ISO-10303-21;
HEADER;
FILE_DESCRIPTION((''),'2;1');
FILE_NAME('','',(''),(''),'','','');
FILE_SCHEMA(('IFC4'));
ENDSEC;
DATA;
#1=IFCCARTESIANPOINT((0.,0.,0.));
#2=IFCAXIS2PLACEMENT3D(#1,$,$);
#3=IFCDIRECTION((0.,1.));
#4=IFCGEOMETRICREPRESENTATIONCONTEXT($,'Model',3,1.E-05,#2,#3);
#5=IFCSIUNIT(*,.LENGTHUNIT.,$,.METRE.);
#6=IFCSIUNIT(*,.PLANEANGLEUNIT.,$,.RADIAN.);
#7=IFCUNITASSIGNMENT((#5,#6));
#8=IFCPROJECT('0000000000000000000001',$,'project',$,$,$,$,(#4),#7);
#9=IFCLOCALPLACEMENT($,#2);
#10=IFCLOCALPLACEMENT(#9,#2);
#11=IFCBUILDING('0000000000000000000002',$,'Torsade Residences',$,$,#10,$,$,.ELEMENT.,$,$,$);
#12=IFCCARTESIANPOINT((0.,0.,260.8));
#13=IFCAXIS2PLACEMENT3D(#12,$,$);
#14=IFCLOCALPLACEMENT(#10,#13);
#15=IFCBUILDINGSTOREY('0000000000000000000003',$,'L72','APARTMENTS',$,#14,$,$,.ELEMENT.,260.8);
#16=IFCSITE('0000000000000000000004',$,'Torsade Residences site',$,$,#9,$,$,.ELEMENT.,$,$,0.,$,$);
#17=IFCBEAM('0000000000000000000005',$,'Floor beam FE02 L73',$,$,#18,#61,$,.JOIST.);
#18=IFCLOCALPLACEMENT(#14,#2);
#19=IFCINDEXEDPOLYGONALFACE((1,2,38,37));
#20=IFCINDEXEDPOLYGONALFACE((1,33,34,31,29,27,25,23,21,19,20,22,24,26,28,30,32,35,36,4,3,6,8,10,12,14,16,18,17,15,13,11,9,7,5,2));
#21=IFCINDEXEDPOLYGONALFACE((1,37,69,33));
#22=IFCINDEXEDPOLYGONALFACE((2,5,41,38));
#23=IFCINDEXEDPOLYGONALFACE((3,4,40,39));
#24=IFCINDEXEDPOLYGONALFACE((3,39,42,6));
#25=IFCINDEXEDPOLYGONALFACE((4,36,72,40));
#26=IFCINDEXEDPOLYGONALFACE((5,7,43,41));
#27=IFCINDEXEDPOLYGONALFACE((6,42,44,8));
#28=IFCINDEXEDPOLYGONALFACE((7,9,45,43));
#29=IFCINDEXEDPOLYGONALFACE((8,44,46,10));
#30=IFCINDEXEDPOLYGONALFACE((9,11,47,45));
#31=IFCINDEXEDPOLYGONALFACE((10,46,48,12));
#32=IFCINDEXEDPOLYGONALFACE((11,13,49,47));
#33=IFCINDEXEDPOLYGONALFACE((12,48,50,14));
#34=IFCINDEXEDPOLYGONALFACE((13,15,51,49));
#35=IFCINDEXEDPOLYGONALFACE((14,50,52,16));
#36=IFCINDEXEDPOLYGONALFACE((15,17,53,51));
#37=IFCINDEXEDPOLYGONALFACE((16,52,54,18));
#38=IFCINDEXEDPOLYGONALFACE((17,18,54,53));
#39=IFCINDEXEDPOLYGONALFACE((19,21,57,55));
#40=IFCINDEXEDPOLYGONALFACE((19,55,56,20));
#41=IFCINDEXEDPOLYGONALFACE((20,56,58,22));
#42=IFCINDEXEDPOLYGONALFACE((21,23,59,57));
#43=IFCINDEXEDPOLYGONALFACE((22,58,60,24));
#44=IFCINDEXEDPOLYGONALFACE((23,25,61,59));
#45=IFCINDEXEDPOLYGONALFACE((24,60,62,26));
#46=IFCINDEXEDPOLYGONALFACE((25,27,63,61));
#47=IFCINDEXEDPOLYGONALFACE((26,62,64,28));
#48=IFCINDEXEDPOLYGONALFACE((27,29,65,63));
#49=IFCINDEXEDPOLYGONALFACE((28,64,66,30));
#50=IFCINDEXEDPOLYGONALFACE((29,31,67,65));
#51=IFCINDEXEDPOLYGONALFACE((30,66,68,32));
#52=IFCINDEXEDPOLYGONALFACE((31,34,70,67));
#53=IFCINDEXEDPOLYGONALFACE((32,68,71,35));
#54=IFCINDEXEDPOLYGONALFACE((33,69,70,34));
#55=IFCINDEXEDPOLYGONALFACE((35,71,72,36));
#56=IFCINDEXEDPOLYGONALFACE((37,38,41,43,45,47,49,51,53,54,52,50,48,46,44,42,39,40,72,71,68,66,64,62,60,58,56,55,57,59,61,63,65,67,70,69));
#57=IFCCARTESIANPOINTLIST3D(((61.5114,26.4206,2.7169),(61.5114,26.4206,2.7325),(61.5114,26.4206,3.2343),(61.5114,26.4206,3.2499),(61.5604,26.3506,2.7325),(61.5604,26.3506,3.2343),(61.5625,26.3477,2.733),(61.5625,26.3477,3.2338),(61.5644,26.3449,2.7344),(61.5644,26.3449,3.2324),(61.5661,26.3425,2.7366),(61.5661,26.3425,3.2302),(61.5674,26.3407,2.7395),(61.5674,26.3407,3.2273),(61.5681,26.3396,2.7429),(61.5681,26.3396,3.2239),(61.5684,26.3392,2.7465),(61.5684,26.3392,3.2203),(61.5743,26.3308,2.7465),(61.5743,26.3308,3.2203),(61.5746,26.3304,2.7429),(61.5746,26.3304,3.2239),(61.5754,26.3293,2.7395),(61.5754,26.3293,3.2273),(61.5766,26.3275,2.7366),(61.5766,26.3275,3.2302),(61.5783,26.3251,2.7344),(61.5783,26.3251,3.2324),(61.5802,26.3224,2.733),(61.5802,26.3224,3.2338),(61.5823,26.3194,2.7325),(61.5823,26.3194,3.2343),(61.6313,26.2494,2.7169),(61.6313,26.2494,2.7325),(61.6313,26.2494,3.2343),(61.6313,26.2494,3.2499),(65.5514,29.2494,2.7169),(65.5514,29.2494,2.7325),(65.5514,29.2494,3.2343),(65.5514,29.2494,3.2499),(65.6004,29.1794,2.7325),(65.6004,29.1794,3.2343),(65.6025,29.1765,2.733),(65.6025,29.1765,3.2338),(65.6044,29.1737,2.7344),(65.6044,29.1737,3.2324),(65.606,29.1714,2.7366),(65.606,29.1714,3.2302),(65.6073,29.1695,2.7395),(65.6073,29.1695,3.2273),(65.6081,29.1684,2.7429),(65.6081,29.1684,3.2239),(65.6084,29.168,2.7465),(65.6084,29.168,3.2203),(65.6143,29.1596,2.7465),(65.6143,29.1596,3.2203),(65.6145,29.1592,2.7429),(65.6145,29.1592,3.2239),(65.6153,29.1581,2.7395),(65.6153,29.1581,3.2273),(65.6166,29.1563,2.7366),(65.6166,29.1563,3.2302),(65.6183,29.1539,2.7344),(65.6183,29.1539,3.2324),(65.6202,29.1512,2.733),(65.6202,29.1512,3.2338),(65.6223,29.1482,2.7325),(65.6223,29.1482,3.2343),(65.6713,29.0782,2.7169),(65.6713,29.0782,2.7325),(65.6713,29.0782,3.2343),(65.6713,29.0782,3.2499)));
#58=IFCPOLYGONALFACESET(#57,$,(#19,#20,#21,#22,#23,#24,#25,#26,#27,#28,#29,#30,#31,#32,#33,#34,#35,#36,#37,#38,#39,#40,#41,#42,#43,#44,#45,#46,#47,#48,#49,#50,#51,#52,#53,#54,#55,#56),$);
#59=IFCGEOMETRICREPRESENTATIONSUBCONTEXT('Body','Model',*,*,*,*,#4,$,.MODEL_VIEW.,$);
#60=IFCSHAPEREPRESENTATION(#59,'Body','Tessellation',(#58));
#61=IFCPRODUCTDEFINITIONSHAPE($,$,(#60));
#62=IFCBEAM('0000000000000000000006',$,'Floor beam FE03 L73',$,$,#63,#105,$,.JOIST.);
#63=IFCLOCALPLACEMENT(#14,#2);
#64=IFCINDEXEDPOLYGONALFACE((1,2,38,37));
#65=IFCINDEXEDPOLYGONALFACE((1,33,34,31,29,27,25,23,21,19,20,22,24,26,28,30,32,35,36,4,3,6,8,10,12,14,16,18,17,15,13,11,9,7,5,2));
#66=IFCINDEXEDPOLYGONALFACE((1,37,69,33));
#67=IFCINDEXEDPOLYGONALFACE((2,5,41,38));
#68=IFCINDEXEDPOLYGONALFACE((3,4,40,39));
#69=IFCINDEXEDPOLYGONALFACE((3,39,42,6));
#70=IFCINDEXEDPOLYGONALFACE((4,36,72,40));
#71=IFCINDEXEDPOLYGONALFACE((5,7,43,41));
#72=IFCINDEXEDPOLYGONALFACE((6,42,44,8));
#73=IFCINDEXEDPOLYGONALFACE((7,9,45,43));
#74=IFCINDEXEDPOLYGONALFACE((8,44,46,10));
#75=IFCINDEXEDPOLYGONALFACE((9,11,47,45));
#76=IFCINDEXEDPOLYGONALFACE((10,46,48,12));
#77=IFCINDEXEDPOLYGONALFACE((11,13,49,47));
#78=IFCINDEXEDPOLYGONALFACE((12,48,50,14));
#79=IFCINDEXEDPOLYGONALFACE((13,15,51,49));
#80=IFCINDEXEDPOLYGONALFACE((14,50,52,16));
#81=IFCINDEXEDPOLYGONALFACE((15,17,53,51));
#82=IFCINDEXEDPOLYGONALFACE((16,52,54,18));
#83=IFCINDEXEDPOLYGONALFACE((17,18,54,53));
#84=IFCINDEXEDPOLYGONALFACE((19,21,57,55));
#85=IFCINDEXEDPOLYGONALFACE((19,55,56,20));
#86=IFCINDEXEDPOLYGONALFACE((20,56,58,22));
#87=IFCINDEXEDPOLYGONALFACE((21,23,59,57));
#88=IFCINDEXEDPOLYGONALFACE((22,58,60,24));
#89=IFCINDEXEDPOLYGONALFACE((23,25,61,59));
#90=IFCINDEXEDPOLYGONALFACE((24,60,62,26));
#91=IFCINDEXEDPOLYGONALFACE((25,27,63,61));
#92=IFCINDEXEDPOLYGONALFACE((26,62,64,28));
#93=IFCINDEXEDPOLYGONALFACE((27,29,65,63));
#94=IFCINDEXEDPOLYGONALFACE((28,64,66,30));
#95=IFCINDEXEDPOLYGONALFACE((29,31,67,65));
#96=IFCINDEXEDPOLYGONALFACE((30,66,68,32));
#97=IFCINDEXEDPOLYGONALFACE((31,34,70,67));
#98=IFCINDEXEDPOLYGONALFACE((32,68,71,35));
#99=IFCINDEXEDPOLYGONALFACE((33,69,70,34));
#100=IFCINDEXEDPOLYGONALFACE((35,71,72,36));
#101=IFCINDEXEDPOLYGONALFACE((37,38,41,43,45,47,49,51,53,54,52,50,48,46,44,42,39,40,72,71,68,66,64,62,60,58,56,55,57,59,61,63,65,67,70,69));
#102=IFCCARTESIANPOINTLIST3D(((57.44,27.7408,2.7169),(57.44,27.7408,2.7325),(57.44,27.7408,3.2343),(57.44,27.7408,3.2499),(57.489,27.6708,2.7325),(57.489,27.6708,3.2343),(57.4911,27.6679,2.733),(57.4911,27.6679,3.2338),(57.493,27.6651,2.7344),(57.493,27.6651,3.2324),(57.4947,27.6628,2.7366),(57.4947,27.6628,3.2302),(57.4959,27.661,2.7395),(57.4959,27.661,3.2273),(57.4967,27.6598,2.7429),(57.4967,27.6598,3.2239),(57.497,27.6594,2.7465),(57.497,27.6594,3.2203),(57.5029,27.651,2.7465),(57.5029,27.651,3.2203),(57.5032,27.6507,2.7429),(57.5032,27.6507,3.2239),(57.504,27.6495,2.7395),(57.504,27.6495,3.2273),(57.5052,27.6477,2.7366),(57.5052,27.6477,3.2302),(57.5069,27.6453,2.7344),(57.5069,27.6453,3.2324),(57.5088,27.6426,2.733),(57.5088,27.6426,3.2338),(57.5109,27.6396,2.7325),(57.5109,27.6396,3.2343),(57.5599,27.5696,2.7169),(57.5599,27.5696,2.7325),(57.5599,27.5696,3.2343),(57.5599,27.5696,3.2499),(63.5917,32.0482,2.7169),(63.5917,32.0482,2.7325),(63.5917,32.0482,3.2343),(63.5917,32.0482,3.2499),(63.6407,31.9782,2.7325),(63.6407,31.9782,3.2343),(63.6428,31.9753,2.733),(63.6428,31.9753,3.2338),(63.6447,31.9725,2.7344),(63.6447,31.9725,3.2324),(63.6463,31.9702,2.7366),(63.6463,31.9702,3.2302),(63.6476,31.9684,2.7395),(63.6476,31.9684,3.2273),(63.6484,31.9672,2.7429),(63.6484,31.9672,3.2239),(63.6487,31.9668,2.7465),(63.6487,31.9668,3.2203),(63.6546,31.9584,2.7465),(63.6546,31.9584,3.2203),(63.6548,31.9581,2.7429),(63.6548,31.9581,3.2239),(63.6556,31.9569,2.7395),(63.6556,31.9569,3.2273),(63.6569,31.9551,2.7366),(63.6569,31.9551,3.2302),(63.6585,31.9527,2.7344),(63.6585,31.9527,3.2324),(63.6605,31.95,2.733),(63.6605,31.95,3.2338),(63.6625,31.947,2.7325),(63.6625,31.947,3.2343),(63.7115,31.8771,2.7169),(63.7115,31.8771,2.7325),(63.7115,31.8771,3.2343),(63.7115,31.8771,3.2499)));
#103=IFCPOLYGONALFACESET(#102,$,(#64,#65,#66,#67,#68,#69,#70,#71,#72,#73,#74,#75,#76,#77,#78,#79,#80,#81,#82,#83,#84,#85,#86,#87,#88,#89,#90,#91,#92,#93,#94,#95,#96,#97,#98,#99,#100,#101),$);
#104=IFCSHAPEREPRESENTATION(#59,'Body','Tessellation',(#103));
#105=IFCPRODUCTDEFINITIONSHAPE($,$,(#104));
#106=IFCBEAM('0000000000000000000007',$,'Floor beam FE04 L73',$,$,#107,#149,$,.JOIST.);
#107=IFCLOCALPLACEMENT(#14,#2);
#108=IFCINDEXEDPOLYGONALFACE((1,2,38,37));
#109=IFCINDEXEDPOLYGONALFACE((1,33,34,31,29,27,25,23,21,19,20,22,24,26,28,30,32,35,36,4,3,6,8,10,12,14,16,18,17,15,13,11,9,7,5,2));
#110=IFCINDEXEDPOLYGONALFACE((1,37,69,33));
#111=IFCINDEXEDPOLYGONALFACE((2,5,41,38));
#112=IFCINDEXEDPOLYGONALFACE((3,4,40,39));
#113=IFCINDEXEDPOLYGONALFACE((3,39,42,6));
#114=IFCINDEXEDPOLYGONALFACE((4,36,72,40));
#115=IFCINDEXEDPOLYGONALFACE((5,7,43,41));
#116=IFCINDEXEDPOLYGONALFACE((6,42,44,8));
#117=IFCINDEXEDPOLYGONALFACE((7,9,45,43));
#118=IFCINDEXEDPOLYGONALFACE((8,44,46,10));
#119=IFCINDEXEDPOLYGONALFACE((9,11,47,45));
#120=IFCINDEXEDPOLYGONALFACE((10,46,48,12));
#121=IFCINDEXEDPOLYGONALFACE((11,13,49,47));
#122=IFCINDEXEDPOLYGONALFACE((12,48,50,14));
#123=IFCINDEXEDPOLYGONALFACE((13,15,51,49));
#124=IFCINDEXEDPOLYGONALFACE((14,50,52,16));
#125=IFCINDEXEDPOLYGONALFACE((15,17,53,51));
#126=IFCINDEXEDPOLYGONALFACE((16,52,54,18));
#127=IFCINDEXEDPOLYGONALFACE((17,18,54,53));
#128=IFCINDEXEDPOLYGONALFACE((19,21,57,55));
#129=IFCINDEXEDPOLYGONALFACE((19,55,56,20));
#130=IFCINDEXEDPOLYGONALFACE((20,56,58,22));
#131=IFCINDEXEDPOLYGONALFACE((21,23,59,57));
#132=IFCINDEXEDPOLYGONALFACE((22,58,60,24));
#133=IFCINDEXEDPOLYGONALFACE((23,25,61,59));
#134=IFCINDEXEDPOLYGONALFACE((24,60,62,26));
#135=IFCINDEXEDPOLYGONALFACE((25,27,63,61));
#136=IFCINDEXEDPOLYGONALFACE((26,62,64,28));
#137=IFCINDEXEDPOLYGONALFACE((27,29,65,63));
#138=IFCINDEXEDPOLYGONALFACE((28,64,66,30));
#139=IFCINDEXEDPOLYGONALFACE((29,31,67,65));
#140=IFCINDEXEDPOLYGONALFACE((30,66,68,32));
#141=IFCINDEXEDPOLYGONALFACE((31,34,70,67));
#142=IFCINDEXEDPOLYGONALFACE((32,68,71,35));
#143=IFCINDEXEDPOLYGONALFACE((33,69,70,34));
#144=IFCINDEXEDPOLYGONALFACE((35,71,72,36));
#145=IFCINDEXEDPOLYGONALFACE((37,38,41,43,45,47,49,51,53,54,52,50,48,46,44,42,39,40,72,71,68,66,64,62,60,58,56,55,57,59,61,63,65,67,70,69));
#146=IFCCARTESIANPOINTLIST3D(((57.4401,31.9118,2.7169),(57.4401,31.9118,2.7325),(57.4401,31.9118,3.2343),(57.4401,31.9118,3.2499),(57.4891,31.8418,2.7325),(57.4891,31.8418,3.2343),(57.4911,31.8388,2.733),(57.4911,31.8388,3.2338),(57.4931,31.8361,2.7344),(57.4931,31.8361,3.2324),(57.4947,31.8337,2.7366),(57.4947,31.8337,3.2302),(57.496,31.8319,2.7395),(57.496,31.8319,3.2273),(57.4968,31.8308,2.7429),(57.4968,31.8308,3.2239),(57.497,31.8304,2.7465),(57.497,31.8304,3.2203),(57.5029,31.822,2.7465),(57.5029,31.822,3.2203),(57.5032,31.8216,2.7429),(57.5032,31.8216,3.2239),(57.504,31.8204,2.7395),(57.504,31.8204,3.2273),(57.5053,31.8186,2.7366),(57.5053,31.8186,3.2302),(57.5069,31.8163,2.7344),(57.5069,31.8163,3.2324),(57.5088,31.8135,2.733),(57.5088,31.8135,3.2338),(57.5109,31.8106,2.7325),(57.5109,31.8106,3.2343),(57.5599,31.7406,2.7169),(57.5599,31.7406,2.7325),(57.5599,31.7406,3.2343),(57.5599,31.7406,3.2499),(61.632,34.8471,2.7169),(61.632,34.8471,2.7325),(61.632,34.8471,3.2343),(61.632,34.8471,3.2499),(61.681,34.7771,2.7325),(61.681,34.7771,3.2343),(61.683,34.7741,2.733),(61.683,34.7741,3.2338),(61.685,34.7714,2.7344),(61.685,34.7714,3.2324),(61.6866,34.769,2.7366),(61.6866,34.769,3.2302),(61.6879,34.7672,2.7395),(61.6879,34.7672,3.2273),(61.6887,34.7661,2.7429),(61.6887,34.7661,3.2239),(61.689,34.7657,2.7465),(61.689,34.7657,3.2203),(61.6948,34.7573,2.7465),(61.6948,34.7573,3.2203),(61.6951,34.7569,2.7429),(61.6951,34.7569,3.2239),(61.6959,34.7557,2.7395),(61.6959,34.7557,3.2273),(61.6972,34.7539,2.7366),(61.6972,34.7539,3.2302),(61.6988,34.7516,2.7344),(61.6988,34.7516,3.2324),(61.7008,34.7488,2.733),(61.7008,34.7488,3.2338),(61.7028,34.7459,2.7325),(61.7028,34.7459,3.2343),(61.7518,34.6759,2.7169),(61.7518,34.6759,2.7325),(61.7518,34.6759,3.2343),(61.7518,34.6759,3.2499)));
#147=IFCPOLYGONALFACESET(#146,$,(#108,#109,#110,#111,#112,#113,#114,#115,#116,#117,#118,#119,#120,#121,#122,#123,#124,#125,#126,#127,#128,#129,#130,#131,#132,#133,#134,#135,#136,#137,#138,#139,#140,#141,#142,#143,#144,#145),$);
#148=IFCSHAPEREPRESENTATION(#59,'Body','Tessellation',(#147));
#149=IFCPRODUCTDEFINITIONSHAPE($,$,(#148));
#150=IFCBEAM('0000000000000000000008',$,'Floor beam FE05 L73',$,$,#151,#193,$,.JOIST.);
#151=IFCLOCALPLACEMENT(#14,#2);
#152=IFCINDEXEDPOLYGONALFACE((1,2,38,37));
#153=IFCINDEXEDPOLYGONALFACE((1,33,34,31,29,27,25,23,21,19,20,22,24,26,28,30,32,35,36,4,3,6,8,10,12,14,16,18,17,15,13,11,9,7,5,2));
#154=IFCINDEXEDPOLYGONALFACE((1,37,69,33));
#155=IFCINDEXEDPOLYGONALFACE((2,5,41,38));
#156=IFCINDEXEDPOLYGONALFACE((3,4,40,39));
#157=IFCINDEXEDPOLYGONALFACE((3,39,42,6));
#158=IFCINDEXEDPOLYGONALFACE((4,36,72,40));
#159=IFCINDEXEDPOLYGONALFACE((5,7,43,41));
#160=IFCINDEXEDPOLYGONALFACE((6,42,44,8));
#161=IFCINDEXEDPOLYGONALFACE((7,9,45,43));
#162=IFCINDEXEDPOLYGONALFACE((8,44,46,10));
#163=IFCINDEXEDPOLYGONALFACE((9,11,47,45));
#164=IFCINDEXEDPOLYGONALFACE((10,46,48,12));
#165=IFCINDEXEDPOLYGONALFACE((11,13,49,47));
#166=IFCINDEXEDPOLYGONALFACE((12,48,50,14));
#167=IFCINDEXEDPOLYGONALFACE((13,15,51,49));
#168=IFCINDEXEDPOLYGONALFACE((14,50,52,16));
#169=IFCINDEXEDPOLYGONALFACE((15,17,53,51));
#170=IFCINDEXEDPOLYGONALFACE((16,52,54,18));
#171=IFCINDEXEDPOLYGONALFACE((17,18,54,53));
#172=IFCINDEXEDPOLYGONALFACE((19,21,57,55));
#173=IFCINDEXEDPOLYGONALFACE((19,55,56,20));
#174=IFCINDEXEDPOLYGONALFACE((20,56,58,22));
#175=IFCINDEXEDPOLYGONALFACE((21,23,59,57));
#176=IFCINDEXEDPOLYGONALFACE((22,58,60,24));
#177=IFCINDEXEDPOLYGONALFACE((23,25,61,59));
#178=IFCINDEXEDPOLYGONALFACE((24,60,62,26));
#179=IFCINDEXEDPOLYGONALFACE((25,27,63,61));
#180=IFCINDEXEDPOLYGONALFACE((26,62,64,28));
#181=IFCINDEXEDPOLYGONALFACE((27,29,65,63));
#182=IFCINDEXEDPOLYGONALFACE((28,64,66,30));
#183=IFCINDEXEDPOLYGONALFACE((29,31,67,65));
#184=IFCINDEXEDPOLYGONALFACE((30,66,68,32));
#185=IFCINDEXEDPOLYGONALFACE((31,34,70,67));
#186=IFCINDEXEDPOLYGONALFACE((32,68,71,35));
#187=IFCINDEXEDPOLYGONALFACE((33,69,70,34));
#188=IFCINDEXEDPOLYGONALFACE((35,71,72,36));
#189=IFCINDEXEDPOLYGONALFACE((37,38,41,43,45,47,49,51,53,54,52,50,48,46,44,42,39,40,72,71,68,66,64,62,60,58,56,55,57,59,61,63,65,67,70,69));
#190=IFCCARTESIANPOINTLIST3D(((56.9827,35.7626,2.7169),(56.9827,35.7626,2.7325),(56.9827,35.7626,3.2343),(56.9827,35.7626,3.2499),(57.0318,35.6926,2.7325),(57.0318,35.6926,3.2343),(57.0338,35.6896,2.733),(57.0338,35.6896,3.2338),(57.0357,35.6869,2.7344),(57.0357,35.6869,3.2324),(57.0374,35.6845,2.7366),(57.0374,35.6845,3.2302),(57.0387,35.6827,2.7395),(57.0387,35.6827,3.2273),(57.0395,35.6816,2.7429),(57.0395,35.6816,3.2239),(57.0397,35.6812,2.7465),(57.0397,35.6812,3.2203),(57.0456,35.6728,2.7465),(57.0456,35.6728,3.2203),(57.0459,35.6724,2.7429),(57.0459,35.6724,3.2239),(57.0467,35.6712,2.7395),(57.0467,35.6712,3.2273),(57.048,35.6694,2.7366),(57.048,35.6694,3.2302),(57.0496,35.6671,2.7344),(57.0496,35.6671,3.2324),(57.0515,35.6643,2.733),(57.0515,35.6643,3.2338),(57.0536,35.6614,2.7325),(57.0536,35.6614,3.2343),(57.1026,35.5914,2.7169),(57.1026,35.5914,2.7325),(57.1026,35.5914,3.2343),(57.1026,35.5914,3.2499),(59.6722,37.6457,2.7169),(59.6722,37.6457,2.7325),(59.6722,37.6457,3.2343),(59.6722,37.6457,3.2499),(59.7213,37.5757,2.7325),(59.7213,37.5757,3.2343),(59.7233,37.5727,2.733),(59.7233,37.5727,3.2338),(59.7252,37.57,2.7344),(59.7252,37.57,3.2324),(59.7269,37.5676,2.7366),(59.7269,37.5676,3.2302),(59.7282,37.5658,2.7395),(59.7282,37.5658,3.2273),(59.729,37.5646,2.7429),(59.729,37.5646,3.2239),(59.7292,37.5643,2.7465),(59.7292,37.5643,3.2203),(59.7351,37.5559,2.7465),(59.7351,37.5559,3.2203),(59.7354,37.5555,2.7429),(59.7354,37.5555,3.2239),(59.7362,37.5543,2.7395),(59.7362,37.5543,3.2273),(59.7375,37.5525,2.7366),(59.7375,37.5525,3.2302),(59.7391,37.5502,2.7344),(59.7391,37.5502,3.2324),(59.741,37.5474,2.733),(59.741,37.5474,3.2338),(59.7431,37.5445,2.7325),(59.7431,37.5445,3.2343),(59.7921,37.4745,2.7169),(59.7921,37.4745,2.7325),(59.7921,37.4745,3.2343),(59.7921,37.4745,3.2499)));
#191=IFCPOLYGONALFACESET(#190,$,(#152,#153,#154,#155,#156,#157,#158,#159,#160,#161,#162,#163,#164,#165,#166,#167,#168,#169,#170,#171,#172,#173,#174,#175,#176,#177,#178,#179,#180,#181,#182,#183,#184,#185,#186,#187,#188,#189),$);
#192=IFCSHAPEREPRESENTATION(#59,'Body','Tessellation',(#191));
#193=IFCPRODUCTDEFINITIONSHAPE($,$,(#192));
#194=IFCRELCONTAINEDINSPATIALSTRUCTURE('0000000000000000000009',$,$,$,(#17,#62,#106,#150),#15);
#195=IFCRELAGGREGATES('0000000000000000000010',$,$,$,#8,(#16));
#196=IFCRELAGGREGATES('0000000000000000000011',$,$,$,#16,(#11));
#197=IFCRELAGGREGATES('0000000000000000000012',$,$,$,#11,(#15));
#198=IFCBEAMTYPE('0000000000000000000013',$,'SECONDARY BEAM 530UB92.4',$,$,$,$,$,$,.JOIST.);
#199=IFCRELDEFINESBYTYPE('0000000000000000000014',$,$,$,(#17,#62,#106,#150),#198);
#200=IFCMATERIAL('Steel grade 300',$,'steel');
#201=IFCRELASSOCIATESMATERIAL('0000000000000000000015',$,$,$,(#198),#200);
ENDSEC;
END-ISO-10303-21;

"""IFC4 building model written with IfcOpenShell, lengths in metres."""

from ifc_helpers import new_model, si_unit, direction, frame, origin, origin_2d, place, context, subcontext, project, spatial, i_section, extrude, material, material_profile, profile_set, type_object, element, save


model = new_model("IFC4")

# Units and contexts
model_context = context("Model", 3, precision=1e-05, world=origin(), true_north=direction((0.0, 1.0)))
body_context = subcontext(model_context, "Body", "Model", "MODEL_VIEW")
ifc_project = project(units=[si_unit("LENGTHUNIT", "METRE"), si_unit("PLANEANGLEUNIT", "RADIAN")], contexts=[model_context])

# Site, building, storey
site_placement = place(None, origin())
site = spatial("IfcSite", under=ifc_project, at=site_placement, Name="Torsade Residences site", CompositionType="ELEMENT", RefElevation=0.0)
building_placement = place(site_placement, origin())
building = spatial("IfcBuilding", under=site, at=building_placement, Name="Torsade Residences", CompositionType="ELEMENT")
storey_placement = place(building_placement, frame((0.0, 0.0, 260.8)))
storey = spatial("IfcBuildingStorey", under=building, at=storey_placement, Name="L72", Description="APARTMENTS", CompositionType="ELEMENT", Elevation=260.8)

# Beams
ifc_material_1 = material(Name="Steel grade 300", Category="steel")
ifc_material_profile_1 = material_profile(ifc_material_1, i_section(OverallWidth=0.209, OverallDepth=0.533, WebThickness=0.0103, FlangeThickness=0.0156, FilletRadius=0.0139, at=origin_2d()), Name="530UB92.4")
ifc_profile_set_1 = profile_set([ifc_material_profile_1], Name="Steel grade 300")
beam_type_1 = type_object("IfcBeamType", Name="SECONDARY BEAM 530UB92.4", PredefinedType="JOIST", material=ifc_profile_set_1)
beam_1_placement = place(storey_placement, frame((65.6113, 29.1638, 2.9834), z_axis=(-0.819153, -0.573575, 0.0), x_axis=(0.573575, -0.819153, 0.0)))
element("IfcBeam", 1, at=beam_1_placement, inside=storey, type_object=beam_type_1, Name="Floor beam FE02 L73", PredefinedType="JOIST", context=body_context, shape_type="SweptSolid", body=[
    extrude(i_section(OverallWidth=0.209, OverallDepth=0.533, WebThickness=0.0103, FlangeThickness=0.0156, FilletRadius=0.0139, at=origin_2d()), origin(), (0.0, 0.0, 1.0), 4.9319),
])
beam_2_placement = place(storey_placement, frame((63.6516, 31.9626, 2.9834), z_axis=(-0.819154, -0.573574, 0.0), x_axis=(0.573574, -0.819154, 0.0)))
element("IfcBeam", 2, at=beam_2_placement, inside=storey, type_object=beam_type_1, Name="Floor beam FE03 L73", PredefinedType="JOIST", context=body_context, shape_type="SweptSolid", body=[
    extrude(i_section(OverallWidth=0.209, OverallDepth=0.533, WebThickness=0.0103, FlangeThickness=0.0156, FilletRadius=0.0139, at=origin_2d()), origin(), (0.0, 0.0, 1.0), 7.5098),
])
beam_3_placement = place(storey_placement, frame((61.6919, 34.7615, 2.9834), z_axis=(-0.819142, -0.57359, 0.0), x_axis=(0.57359, -0.819142, 0.0)))
element("IfcBeam", 3, at=beam_3_placement, inside=storey, type_object=beam_type_1, Name="Floor beam FE04 L73", PredefinedType="JOIST", context=body_context, shape_type="SweptSolid", body=[
    extrude(i_section(OverallWidth=0.209, OverallDepth=0.533, WebThickness=0.0103, FlangeThickness=0.0156, FilletRadius=0.0139, at=origin_2d()), origin(), (0.0, 0.0, 1.0), 5.1174),
])
beam_4_placement = place(storey_placement, frame((59.7322, 37.5601, 2.9834), z_axis=(-0.819169, -0.573552, 0.0), x_axis=(0.573552, -0.819169, 0.0)))
element("IfcBeam", 4, at=beam_4_placement, inside=storey, type_object=beam_type_1, Name="Floor beam FE05 L73", PredefinedType="JOIST", context=body_context, shape_type="SweptSolid", body=[
    extrude(i_section(OverallWidth=0.209, OverallDepth=0.533, WebThickness=0.0103, FlangeThickness=0.0156, FilletRadius=0.0139, at=origin_2d()), origin(), (0.0, 0.0, 1.0), 3.2832),
])

save(model, "model.ifc")
